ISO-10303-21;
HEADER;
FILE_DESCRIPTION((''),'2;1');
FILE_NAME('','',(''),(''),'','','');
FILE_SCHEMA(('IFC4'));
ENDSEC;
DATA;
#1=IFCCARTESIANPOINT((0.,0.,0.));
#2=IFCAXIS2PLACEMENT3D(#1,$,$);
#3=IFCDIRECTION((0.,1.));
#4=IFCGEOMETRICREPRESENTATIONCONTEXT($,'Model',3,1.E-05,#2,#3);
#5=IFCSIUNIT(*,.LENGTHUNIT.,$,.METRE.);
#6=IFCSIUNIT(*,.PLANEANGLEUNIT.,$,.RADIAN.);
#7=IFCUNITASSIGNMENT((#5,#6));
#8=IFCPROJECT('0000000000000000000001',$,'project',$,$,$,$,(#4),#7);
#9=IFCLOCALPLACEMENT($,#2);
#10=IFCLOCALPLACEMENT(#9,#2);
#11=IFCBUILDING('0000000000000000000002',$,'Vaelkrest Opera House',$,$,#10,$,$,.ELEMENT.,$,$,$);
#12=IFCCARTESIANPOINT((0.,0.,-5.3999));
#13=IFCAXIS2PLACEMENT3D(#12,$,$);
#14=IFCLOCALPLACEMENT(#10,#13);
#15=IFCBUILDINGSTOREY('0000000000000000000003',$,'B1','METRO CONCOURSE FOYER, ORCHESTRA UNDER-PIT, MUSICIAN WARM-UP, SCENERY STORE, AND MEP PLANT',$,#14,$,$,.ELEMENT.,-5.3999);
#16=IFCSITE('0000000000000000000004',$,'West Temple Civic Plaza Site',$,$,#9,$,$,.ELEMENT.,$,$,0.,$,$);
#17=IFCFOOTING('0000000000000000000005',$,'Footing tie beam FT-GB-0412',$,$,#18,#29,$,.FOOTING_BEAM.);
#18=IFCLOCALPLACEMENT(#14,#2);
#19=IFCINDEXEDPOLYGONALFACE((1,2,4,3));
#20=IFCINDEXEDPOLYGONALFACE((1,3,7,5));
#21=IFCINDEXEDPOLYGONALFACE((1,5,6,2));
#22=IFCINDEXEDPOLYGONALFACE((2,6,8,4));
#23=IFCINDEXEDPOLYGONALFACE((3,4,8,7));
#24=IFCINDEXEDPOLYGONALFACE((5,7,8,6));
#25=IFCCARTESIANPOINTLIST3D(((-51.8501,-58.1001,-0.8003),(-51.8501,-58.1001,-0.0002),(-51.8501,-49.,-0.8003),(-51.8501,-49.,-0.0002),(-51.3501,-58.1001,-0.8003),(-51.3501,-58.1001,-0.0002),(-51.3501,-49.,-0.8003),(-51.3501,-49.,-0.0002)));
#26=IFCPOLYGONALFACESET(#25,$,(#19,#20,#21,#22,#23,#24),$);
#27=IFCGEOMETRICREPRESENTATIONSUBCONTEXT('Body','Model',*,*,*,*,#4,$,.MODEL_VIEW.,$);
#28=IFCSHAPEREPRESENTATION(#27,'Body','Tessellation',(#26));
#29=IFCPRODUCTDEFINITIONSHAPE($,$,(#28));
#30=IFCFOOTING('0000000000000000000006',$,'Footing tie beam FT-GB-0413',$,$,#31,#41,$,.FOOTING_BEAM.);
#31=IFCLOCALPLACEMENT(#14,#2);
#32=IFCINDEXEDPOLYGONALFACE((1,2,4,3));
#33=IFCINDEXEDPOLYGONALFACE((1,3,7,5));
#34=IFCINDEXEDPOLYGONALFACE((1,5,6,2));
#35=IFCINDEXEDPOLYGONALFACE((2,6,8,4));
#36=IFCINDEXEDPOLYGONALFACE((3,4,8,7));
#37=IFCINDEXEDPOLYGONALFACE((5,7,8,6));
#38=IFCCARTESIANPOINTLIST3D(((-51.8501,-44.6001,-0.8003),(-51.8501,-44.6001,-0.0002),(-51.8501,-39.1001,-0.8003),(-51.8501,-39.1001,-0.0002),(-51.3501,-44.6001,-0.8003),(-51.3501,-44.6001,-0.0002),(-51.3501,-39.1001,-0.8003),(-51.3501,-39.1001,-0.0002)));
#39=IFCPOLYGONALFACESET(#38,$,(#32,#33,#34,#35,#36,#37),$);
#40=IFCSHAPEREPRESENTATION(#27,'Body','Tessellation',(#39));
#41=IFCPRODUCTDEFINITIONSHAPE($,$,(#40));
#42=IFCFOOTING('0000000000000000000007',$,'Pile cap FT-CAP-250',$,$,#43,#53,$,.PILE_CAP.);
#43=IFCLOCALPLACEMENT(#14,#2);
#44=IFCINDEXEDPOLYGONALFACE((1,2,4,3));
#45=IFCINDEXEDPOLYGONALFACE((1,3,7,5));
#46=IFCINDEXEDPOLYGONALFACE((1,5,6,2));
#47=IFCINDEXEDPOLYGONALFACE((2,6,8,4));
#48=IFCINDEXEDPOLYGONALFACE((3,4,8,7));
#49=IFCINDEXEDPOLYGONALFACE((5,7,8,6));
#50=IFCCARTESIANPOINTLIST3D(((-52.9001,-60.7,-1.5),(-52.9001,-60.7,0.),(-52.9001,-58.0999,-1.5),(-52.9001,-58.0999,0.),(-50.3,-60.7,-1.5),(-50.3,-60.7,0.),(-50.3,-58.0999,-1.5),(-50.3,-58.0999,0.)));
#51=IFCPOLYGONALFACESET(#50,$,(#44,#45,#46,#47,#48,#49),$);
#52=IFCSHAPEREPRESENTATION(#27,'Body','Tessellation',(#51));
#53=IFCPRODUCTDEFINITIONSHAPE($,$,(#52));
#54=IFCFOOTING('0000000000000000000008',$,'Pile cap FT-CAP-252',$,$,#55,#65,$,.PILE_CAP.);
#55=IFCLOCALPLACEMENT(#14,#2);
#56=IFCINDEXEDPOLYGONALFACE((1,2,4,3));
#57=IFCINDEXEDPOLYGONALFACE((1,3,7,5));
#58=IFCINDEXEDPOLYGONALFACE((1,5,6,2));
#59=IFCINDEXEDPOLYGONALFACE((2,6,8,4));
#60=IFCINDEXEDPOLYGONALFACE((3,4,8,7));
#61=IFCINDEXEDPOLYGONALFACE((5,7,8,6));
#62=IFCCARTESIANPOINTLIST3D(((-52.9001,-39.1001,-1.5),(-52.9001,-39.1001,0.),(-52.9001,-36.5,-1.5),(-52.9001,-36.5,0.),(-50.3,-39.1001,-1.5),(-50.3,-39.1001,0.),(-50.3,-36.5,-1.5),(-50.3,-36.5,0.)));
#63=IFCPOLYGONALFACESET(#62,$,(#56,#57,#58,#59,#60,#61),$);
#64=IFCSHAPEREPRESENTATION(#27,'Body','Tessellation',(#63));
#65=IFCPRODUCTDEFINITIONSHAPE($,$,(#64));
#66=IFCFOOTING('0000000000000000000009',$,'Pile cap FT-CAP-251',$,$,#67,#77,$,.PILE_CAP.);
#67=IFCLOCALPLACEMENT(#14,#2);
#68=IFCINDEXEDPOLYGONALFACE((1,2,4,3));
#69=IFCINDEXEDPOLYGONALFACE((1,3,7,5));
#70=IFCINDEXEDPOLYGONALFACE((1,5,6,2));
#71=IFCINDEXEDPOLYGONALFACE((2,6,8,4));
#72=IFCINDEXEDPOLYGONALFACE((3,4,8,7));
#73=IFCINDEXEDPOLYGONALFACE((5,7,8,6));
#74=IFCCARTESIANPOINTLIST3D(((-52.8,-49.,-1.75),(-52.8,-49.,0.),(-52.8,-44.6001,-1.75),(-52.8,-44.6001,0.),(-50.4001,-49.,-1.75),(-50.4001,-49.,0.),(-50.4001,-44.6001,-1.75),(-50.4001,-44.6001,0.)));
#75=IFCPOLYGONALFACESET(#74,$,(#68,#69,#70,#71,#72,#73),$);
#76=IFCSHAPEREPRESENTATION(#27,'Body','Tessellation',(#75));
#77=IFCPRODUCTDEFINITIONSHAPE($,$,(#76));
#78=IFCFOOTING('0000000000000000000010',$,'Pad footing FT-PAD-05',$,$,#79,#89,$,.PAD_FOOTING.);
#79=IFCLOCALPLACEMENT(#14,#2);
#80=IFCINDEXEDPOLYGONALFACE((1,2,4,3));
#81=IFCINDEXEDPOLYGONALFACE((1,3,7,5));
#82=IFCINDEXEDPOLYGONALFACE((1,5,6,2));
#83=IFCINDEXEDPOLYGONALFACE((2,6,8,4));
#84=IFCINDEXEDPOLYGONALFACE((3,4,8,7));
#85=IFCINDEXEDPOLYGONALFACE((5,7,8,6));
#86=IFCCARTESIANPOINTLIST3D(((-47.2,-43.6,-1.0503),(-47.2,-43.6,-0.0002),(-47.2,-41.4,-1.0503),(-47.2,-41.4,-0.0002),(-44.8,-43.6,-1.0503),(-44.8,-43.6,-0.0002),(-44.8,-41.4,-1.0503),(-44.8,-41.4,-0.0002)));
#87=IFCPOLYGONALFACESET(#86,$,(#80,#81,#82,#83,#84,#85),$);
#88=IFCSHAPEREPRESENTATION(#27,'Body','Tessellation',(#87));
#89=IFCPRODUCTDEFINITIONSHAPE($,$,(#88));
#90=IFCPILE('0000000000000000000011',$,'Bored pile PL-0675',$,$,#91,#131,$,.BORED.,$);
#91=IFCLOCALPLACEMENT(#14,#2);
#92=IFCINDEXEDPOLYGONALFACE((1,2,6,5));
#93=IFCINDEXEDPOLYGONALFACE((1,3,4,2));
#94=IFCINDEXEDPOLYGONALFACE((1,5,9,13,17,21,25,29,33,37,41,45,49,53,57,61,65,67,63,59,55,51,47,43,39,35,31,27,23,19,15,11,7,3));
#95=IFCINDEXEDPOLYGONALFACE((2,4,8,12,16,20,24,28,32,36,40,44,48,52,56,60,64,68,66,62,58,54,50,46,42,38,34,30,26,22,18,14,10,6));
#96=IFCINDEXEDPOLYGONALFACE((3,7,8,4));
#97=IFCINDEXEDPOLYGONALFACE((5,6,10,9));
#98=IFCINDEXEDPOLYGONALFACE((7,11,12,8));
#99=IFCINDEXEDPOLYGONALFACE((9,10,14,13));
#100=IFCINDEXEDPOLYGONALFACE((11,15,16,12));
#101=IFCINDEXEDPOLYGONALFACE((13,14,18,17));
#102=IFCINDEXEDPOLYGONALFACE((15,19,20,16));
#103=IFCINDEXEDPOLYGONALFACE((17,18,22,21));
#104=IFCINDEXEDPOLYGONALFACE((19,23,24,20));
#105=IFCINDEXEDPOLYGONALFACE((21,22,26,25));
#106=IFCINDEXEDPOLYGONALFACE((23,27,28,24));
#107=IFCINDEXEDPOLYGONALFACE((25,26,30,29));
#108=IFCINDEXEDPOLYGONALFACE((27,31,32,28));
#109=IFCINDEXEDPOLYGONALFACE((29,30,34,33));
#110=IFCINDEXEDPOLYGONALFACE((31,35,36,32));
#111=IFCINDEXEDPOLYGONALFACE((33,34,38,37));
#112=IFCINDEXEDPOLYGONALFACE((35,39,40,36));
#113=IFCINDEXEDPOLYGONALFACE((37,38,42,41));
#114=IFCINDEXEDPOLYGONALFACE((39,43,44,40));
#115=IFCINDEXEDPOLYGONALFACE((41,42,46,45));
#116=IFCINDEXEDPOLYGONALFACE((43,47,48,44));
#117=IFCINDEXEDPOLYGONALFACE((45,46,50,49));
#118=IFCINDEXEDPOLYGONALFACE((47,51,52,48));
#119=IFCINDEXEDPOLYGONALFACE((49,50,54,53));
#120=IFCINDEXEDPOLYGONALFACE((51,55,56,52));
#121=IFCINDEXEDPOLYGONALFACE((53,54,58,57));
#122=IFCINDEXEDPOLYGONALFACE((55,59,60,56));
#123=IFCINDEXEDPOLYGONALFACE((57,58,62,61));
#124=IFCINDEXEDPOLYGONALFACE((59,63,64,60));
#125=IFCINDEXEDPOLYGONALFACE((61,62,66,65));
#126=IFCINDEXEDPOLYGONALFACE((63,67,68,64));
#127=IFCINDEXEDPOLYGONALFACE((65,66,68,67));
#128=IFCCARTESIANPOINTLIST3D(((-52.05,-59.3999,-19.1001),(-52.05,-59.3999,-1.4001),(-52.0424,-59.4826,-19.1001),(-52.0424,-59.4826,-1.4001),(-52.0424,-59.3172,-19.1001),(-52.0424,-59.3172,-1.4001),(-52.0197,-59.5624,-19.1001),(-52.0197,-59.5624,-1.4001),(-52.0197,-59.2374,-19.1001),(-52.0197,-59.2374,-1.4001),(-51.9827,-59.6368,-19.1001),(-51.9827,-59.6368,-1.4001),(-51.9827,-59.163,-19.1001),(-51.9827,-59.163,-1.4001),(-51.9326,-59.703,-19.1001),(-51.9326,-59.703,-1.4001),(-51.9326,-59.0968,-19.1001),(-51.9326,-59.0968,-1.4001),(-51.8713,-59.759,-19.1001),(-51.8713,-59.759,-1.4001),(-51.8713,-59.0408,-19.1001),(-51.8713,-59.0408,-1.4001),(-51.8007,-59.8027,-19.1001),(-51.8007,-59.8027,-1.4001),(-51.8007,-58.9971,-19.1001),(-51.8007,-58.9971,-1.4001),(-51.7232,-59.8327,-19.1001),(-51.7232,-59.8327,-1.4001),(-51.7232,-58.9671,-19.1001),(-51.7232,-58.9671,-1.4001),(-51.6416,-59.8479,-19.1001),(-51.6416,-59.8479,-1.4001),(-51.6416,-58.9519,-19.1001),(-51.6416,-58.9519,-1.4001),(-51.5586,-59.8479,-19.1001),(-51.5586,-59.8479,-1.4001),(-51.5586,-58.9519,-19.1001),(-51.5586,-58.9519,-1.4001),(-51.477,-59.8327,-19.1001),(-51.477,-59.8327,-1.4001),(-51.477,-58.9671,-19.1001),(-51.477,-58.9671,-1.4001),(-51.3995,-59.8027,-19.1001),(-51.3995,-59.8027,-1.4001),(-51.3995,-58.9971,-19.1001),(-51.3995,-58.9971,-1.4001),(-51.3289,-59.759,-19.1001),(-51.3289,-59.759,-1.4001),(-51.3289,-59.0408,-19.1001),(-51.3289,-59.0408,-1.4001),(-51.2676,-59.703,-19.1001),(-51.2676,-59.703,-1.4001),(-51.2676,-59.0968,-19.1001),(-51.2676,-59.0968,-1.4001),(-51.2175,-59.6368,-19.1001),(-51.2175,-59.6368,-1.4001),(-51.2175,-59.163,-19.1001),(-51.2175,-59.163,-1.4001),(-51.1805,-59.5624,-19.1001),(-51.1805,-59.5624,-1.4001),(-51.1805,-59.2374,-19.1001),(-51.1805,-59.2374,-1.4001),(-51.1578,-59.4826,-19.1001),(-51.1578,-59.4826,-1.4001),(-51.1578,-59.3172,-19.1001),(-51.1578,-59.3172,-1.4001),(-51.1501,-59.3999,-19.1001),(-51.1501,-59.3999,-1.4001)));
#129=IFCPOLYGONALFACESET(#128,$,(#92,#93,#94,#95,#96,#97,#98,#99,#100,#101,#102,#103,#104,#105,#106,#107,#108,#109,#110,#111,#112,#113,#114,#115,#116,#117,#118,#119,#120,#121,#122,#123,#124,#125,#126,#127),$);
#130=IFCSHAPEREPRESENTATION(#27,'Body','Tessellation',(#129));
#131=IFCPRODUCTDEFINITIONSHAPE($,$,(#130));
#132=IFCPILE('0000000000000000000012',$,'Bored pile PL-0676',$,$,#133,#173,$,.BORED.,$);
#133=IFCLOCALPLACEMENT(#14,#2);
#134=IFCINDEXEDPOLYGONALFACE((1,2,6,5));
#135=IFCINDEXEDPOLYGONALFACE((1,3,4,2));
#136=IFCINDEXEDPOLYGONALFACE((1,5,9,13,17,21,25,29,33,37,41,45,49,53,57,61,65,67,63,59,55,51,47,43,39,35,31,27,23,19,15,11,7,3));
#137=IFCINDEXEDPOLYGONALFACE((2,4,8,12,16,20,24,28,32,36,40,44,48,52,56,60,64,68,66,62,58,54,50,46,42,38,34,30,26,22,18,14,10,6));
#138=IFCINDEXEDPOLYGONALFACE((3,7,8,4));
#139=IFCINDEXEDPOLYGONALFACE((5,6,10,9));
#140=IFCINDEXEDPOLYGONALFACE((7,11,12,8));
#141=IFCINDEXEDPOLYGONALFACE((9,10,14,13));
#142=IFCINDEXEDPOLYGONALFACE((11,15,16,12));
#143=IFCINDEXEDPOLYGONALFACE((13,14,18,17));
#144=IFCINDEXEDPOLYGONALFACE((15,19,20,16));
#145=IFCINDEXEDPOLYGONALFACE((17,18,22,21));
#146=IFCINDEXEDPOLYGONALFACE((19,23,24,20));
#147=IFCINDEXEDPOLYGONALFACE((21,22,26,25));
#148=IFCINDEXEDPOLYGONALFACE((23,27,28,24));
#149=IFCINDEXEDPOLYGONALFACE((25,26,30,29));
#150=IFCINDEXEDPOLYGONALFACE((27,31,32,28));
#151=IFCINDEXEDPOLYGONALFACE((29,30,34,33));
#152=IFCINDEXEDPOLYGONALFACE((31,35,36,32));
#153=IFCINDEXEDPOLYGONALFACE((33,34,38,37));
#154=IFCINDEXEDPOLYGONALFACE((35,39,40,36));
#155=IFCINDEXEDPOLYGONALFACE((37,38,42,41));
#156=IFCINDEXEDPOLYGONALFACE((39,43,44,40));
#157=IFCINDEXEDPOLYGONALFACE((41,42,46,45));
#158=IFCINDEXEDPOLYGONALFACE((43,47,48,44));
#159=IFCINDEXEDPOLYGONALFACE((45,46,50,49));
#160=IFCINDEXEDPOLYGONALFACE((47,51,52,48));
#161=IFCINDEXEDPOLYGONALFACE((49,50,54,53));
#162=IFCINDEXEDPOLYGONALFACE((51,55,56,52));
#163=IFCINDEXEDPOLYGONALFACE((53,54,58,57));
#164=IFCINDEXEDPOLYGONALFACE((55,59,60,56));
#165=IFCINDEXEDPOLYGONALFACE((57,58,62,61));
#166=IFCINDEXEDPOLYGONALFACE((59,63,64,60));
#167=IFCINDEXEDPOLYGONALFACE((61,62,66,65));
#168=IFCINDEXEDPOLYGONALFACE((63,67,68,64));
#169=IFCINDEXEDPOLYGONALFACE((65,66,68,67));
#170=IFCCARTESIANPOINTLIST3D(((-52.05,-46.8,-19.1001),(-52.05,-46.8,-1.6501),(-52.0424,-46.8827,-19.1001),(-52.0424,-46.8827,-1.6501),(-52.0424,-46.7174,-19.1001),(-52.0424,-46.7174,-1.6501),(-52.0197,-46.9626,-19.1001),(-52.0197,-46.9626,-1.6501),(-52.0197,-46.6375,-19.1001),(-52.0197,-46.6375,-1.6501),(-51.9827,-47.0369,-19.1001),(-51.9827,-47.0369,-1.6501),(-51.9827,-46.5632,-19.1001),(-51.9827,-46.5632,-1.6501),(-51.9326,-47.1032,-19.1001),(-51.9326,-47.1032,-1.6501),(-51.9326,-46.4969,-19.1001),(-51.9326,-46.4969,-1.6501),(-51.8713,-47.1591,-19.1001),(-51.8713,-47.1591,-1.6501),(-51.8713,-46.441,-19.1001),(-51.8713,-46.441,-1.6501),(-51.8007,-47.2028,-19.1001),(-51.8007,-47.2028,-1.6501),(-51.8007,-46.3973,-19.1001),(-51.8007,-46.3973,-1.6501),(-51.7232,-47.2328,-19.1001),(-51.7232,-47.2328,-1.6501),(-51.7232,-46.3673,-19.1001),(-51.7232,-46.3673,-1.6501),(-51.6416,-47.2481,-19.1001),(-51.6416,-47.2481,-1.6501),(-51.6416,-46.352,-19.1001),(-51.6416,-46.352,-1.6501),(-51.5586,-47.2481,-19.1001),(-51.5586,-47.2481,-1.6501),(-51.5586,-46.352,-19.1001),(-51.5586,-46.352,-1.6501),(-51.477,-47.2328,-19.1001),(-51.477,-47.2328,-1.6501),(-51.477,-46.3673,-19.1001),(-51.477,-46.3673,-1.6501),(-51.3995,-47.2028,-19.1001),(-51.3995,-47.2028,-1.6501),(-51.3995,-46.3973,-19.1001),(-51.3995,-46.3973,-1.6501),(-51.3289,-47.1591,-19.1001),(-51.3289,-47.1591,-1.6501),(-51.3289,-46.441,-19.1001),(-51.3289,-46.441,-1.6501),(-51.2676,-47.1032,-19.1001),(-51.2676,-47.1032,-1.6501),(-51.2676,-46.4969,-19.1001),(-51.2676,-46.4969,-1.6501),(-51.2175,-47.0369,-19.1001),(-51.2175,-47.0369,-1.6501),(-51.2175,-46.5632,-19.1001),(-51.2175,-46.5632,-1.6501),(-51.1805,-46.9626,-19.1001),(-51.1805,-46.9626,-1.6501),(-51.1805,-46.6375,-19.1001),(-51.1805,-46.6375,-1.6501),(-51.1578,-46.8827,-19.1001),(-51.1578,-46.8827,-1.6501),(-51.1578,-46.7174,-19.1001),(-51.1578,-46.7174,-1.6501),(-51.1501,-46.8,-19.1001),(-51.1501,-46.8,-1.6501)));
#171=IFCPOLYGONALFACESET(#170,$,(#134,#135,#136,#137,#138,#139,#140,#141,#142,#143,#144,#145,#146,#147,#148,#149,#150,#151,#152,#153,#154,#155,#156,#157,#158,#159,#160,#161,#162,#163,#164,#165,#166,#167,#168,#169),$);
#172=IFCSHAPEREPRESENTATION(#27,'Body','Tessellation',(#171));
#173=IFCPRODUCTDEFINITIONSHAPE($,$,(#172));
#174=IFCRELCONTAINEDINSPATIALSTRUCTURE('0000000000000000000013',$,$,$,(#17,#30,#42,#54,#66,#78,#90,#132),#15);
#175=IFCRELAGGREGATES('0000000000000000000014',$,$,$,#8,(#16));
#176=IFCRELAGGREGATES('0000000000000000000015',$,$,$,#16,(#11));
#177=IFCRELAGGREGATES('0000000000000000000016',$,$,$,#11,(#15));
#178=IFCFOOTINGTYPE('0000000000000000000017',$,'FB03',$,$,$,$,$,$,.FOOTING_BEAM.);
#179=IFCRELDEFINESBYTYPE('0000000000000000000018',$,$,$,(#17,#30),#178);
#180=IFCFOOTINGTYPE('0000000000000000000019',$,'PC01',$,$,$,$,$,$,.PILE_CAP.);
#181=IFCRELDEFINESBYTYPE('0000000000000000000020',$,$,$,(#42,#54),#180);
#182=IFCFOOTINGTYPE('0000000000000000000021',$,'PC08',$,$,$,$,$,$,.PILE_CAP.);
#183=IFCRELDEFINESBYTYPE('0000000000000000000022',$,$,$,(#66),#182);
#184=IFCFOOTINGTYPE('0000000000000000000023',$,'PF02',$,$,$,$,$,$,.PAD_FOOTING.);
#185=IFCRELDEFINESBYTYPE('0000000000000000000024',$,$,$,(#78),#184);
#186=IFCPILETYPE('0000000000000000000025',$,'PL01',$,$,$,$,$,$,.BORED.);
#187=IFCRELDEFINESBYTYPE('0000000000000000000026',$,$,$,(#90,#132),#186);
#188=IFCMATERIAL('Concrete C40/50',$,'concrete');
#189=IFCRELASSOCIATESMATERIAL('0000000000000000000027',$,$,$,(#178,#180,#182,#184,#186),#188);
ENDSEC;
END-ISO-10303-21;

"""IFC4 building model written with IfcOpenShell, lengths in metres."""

from ifc_helpers import new_model, si_unit, direction, frame, origin, origin_2d, place, context, subcontext, project, spatial, rectangle, circle, extrude, material, material_profile, profile_set, type_object, element, save


model = new_model("IFC4")

# Units and contexts
model_context = context("Model", 3, precision=1e-05, world=origin(), true_north=direction((0.0, 1.0)))
body_context = subcontext(model_context, "Body", "Model", "MODEL_VIEW")
ifc_project = project(units=[si_unit("LENGTHUNIT", "METRE"), si_unit("PLANEANGLEUNIT", "RADIAN")], contexts=[model_context])

# Site, building, storey
site_placement = place(None, origin())
site = spatial("IfcSite", under=ifc_project, at=site_placement, Name="West Temple Civic Plaza Site", CompositionType="ELEMENT", RefElevation=0.0)
building_placement = place(site_placement, origin())
building = spatial("IfcBuilding", under=site, at=building_placement, Name="Vaelkrest Opera House", CompositionType="ELEMENT")
storey_placement = place(building_placement, frame((0.0, 0.0, -5.3999)))
storey = spatial("IfcBuildingStorey", under=building, at=storey_placement, Name="B1", Description="METRO CONCOURSE FOYER, ORCHESTRA UNDER-PIT, MUSICIAN WARM-UP, SCENERY STORE, AND MEP PLANT", CompositionType="ELEMENT", Elevation=-5.3999)

# Footings
ifc_material_1 = material(Name="Concrete C40/50", Category="concrete")
footing_type_1 = type_object("IfcFootingType", Name="FB03", PredefinedType="FOOTING_BEAM", material=ifc_material_1)
footing_1_placement = place(storey_placement, frame((-51.6001, -53.55, -0.8003), z_axis=(0.0, 0.0, 1.0), x_axis=(0.0, 1.0, 0.0)))
element("IfcFooting", 1, at=footing_1_placement, inside=storey, type_object=footing_type_1, Name="Footing tie beam FT-GB-0412", PredefinedType="FOOTING_BEAM", context=body_context, shape_type="SweptSolid", body=[
    extrude(rectangle(XDim=9.1001, YDim=0.5, at=origin_2d()), origin(), (0.0, 0.0, 1.0), 0.8),
])
footing_2_placement = place(storey_placement, frame((-51.6001, -41.8501, -0.8003), z_axis=(0.0, 0.0, 1.0), x_axis=(0.0, 1.0, 0.0)))
element("IfcFooting", 2, at=footing_2_placement, inside=storey, type_object=footing_type_1, Name="Footing tie beam FT-GB-0413", PredefinedType="FOOTING_BEAM", context=body_context, shape_type="SweptSolid", body=[
    extrude(rectangle(XDim=5.5, YDim=0.5, at=origin_2d()), origin(), (0.0, 0.0, 1.0), 0.8),
])
footing_type_2 = type_object("IfcFootingType", Name="PC01", PredefinedType="PILE_CAP", material=ifc_material_1)
for number, where, z_axis, x_axis, name in (
    (3, (-51.6001, -59.3999, -1.5), (0.0, 0.0, 1.0), (1.0, 0.0, 0.0), "Pile cap FT-CAP-250"),
    (4, (-51.6001, -37.8, -1.5), (0.0, 0.0, 1.0), (1.0, 0.0, 0.0), "Pile cap FT-CAP-252"),
):
    element("IfcFooting", number, at=place(storey_placement, frame(where, z_axis=z_axis, x_axis=x_axis)), inside=storey, type_object=footing_type_2, Name=name, PredefinedType="PILE_CAP", context=body_context, shape_type="SweptSolid", body=[
        extrude(rectangle(XDim=2.6001, YDim=2.6001, at=origin_2d()), origin(), (0.0, 0.0, 1.0), 1.5),
    ])
footing_type_3 = type_object("IfcFootingType", Name="PC08", PredefinedType="PILE_CAP", material=ifc_material_1)
footing_3_placement = place(storey_placement, frame((-51.6001, -46.8, -1.75), z_axis=(0.0, 0.0, 1.0), x_axis=(1.0, 0.0, 0.0)))
element("IfcFooting", 5, at=footing_3_placement, inside=storey, type_object=footing_type_3, Name="Pile cap FT-CAP-251", PredefinedType="PILE_CAP", context=body_context, shape_type="SweptSolid", body=[
    extrude(rectangle(XDim=2.3999, YDim=4.3999, at=origin_2d()), origin(), (0.0, 0.0, 1.0), 1.75),
])
footing_type_4 = type_object("IfcFootingType", Name="PF02", PredefinedType="PAD_FOOTING", material=ifc_material_1)
footing_4_placement = place(storey_placement, frame((-46.0, -42.5, -1.0503), z_axis=(0.0, 0.0, 1.0), x_axis=(1.0, 0.0, 0.0)))
element("IfcFooting", 6, at=footing_4_placement, inside=storey, type_object=footing_type_4, Name="Pad footing FT-PAD-05", PredefinedType="PAD_FOOTING", context=body_context, shape_type="SweptSolid", body=[
    extrude(rectangle(XDim=2.3999, YDim=2.2, at=origin_2d()), origin(), (0.0, 0.0, 1.0), 1.05),
])

# Piles
ifc_material_profile_1 = material_profile(ifc_material_1, circle(Radius=0.45, at=origin_2d()), Name="PILE900")
ifc_profile_set_1 = profile_set([ifc_material_profile_1], Name="Concrete C40/50")
pile_type = type_object("IfcPileType", Name="PL01", PredefinedType="BORED", material=ifc_profile_set_1)
pile_1_placement = place(storey_placement, frame((-51.6001, -59.3999, -1.4001), z_axis=(0.0, 0.0, -1.0), x_axis=(1.0, 0.0, 0.0)))
element("IfcPile", 7, at=pile_1_placement, inside=storey, type_object=pile_type, Name="Bored pile PL-0675", PredefinedType="BORED", context=body_context, shape_type="SweptSolid", body=[
    extrude(circle(Radius=0.45, at=origin_2d()), origin(), (0.0, 0.0, 1.0), 17.7),
])
pile_2_placement = place(storey_placement, frame((-51.6001, -46.8, -1.6501), z_axis=(0.0, 0.0, -1.0), x_axis=(1.0, 0.0, 0.0)))
element("IfcPile", 8, at=pile_2_placement, inside=storey, type_object=pile_type, Name="Bored pile PL-0676", PredefinedType="BORED", context=body_context, shape_type="SweptSolid", body=[
    extrude(circle(Radius=0.45, at=origin_2d()), origin(), (0.0, 0.0, 1.0), 17.45),
])

save(model, "model.ifc")
